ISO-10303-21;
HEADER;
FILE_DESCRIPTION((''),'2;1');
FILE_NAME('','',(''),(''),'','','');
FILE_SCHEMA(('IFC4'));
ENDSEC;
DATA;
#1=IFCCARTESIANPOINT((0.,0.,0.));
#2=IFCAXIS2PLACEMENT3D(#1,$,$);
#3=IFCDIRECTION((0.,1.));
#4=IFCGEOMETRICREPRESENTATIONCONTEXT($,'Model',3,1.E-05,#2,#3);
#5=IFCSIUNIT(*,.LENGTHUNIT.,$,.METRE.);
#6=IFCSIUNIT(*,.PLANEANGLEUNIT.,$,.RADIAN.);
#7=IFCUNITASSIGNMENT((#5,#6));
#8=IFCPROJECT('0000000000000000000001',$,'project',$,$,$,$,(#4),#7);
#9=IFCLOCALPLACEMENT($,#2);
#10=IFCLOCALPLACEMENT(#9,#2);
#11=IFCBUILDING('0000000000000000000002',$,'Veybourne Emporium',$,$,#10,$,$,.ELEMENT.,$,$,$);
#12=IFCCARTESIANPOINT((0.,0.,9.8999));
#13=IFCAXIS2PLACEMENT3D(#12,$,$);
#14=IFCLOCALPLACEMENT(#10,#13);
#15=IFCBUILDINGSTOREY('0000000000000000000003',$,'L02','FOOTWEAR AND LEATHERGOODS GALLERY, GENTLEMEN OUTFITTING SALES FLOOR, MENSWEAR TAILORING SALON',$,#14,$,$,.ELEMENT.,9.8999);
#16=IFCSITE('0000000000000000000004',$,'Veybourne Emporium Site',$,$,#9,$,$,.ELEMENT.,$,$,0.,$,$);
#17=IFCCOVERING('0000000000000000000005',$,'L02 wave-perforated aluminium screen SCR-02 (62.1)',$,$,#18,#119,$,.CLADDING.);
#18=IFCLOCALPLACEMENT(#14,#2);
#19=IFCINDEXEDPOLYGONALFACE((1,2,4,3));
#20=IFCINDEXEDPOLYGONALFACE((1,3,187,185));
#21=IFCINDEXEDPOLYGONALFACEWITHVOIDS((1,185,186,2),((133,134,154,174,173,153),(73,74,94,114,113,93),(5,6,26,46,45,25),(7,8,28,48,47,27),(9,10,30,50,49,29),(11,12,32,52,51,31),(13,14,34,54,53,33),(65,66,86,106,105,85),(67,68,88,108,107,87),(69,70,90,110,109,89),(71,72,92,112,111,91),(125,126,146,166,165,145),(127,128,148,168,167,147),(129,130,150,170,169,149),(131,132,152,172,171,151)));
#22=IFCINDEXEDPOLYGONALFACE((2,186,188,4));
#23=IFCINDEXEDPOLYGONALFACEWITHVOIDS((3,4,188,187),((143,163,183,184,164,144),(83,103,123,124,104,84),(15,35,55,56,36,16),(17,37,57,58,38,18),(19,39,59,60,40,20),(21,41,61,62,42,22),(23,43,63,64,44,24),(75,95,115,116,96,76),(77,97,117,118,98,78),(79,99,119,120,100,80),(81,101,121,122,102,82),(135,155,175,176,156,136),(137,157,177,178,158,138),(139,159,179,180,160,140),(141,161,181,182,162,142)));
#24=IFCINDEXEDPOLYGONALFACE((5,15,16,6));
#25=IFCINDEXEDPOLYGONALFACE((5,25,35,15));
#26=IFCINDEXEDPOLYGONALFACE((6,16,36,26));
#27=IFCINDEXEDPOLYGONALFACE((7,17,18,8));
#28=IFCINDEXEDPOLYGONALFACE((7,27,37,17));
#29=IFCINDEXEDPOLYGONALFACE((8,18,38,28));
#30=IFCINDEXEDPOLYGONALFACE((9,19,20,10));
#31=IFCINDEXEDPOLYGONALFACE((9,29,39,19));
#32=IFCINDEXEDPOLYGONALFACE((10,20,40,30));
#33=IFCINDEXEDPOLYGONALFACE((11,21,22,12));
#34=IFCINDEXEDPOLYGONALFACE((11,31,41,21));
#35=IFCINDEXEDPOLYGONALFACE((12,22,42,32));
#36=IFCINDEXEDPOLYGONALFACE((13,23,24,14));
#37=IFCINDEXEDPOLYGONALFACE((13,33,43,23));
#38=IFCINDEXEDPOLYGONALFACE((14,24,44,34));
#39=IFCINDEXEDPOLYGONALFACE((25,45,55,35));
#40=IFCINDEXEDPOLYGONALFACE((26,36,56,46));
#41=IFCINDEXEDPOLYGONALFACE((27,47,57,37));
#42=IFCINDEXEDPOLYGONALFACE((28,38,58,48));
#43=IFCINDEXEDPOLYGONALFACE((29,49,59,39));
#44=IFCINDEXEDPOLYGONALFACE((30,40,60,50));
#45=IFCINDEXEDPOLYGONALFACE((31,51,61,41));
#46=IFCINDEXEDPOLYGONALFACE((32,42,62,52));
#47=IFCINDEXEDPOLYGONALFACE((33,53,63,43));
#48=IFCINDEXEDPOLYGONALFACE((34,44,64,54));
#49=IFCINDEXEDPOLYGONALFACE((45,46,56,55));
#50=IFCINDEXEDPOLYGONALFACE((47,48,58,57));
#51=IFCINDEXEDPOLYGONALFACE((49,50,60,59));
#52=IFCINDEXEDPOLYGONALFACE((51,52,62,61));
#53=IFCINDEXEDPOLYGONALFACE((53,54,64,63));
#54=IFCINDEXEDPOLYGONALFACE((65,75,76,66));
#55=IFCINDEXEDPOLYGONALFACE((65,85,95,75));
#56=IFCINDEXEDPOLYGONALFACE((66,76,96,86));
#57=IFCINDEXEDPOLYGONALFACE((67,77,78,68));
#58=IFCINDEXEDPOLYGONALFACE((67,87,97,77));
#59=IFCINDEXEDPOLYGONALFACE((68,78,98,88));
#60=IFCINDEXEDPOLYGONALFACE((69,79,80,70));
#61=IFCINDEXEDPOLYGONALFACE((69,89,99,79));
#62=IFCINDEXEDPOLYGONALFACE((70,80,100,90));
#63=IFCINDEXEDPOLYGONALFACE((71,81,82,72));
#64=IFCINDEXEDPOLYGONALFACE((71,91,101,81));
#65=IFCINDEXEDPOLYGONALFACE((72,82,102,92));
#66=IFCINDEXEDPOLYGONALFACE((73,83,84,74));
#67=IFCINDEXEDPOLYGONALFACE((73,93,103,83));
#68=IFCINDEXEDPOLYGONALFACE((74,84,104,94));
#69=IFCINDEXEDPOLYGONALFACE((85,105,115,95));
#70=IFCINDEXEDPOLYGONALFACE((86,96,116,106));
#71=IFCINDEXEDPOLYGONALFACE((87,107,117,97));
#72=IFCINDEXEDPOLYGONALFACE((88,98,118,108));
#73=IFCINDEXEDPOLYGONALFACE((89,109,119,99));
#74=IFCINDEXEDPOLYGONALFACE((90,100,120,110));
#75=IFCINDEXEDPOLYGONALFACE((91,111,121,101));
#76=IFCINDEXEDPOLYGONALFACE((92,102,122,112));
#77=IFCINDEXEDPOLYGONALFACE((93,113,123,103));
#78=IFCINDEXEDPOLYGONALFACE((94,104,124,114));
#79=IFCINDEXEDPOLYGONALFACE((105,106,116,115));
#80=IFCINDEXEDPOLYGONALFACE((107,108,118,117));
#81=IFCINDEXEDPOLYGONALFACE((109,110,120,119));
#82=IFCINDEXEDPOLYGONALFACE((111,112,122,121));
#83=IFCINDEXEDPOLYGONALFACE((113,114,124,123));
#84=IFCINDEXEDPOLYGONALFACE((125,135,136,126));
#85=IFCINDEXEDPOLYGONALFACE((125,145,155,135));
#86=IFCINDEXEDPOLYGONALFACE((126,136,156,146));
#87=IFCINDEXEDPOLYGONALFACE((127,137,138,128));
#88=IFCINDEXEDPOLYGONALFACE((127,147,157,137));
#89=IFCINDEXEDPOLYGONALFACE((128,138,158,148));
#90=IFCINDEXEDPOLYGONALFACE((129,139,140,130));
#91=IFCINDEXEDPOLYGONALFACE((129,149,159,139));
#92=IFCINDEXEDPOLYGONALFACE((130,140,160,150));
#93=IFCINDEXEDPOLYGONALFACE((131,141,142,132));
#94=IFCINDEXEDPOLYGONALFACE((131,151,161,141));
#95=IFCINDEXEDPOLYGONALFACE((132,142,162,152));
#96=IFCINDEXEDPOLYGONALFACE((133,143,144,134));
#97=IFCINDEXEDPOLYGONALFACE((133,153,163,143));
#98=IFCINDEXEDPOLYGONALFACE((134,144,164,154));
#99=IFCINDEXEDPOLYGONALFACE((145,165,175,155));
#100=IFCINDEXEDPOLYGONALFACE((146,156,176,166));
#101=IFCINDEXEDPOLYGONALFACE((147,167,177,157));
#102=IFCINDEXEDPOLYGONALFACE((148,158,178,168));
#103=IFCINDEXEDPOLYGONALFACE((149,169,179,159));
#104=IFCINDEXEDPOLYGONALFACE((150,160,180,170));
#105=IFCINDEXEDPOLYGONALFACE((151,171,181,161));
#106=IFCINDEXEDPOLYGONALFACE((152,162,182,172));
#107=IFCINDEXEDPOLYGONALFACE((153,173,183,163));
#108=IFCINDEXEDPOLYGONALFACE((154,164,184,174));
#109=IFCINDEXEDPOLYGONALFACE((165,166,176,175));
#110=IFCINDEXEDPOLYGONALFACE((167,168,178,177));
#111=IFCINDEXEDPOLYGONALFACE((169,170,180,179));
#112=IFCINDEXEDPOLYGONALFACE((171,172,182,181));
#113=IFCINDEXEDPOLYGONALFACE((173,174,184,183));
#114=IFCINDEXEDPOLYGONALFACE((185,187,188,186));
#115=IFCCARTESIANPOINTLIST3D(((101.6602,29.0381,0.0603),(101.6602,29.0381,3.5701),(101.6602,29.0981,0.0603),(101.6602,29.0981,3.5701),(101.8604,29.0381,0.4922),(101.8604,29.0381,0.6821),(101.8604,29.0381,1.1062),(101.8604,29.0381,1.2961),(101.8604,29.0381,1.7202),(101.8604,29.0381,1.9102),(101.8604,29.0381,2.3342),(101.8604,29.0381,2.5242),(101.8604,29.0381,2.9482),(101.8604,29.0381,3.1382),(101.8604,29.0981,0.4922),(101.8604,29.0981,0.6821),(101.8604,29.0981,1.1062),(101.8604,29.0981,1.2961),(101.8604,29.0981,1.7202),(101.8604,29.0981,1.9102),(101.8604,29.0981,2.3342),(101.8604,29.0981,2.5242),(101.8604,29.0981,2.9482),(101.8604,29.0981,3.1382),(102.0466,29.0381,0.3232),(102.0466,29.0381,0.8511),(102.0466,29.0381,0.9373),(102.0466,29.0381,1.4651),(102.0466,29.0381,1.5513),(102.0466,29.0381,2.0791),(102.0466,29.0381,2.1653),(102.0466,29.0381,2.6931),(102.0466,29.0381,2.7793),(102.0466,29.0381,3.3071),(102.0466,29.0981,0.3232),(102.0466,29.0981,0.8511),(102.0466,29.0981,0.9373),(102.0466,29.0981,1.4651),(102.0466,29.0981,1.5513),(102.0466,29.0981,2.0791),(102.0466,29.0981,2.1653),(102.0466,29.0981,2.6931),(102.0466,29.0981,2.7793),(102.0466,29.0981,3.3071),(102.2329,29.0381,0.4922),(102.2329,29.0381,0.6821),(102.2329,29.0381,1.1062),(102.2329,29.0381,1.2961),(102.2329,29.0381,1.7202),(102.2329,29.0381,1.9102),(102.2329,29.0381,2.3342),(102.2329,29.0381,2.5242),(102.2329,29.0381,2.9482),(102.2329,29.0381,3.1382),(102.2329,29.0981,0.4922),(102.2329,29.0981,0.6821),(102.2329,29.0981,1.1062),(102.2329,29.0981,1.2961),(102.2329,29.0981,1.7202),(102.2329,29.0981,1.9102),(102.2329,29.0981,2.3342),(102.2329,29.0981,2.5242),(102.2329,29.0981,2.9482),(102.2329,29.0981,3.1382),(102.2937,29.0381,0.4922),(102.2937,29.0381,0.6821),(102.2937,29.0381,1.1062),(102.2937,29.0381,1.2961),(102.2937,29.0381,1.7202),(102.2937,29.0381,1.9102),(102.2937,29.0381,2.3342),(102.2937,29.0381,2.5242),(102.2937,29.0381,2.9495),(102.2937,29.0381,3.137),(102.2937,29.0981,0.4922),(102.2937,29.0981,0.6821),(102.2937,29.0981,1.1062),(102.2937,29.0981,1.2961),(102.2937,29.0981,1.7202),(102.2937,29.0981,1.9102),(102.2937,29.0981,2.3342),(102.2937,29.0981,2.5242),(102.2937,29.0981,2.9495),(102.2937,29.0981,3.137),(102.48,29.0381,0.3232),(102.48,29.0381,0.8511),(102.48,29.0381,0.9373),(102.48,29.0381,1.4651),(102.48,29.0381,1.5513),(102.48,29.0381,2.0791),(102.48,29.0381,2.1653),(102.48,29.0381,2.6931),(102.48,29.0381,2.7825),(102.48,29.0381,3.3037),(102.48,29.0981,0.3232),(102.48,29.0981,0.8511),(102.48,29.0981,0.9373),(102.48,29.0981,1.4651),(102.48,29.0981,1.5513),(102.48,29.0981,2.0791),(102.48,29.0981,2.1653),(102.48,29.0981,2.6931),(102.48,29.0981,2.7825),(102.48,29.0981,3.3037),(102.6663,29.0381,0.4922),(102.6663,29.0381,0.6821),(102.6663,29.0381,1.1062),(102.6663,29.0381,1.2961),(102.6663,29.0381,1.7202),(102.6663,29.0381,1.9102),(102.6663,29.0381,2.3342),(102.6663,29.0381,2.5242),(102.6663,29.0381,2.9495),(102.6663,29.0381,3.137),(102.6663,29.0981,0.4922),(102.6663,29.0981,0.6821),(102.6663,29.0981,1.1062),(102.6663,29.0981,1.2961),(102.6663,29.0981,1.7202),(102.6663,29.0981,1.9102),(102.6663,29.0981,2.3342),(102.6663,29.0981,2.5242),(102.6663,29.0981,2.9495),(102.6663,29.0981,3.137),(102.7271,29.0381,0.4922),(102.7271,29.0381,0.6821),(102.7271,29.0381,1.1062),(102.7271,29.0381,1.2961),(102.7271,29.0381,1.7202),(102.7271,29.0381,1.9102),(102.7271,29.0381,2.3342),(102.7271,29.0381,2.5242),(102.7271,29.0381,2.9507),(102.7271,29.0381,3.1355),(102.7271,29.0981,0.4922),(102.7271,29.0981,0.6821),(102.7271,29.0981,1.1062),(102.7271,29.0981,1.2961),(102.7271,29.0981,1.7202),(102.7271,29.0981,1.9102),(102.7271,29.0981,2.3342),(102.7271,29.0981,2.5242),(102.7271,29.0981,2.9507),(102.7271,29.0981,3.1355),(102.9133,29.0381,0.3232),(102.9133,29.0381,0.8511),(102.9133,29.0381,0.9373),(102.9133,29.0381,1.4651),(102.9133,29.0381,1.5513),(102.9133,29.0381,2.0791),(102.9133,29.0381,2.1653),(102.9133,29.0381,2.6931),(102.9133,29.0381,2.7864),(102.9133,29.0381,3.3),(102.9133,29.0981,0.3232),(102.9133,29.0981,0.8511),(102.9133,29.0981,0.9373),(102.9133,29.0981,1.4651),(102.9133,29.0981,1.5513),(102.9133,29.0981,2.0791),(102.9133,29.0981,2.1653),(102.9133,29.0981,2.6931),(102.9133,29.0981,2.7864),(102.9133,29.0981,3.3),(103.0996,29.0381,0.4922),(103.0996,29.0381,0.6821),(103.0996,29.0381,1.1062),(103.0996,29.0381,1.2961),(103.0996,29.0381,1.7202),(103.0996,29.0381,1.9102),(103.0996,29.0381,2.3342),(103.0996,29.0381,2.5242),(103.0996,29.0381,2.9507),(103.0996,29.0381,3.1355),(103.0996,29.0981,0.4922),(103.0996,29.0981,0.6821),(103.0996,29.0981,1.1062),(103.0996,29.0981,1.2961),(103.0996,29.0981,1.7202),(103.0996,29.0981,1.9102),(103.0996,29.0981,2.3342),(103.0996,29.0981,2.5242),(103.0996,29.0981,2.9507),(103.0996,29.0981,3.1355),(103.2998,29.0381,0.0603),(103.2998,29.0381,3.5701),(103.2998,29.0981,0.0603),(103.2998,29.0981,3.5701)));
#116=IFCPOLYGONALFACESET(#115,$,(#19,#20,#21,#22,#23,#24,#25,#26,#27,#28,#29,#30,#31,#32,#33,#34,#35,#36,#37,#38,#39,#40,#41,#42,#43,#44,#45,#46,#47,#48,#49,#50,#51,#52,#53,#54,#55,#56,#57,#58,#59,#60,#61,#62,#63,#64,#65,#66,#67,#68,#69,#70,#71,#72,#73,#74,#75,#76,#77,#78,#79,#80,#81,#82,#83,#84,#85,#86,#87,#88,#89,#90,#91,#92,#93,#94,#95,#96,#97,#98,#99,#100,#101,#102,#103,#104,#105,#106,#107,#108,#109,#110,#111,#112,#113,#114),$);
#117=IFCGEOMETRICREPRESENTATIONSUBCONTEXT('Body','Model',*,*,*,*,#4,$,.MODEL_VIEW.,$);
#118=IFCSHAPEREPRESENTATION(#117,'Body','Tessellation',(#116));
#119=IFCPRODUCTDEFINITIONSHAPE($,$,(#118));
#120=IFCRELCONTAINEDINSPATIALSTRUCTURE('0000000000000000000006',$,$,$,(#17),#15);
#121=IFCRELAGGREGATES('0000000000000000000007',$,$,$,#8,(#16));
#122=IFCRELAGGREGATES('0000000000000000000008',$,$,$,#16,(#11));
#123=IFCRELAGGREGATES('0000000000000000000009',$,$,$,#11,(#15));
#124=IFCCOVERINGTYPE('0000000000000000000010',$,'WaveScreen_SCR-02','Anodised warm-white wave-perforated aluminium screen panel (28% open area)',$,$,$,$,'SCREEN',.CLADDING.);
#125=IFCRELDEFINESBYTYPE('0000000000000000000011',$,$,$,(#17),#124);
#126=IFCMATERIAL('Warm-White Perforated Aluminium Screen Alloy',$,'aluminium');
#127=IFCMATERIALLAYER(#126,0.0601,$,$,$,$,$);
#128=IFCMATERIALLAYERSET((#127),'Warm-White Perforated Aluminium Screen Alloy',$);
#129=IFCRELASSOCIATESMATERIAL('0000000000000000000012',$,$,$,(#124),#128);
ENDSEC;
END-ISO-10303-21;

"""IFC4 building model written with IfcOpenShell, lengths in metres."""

from ifc_helpers import new_model, si_unit, direction, frame, origin, place, context, subcontext, project, spatial, polyline, outline, extrude, material, layer, layer_set, type_object, element, save


model = new_model("IFC4")

# Units and contexts
model_context = context("Model", 3, precision=1e-05, world=origin(), true_north=direction((0.0, 1.0)))
body_context = subcontext(model_context, "Body", "Model", "MODEL_VIEW")
ifc_project = project(units=[si_unit("LENGTHUNIT", "METRE"), si_unit("PLANEANGLEUNIT", "RADIAN")], contexts=[model_context])

# Site, building, storey
site_placement = place(None, origin())
site = spatial("IfcSite", under=ifc_project, at=site_placement, Name="Veybourne Emporium Site", CompositionType="ELEMENT", RefElevation=0.0)
building_placement = place(site_placement, origin())
building = spatial("IfcBuilding", under=site, at=building_placement, Name="Veybourne Emporium", CompositionType="ELEMENT")
storey_placement = place(building_placement, frame((0.0, 0.0, 9.8999)))
storey = spatial("IfcBuildingStorey", under=building, at=storey_placement, Name="L02", Description="FOOTWEAR AND LEATHERGOODS GALLERY, GENTLEMEN OUTFITTING SALES FLOOR, MENSWEAR TAILORING SALON", CompositionType="ELEMENT", Elevation=9.8999)

# Covering
ifc_material_1 = material(Name="Warm-White Perforated Aluminium Screen Alloy", Category="aluminium")
ifc_layer_1 = layer(ifc_material_1, 0.0601)
ifc_layer_set_1 = layer_set([ifc_layer_1], Name="Warm-White Perforated Aluminium Screen Alloy")
covering_type_1 = type_object("IfcCoveringType", Name="WaveScreen_SCR-02", Description="Anodised warm-white wave-perforated aluminium screen panel (28% open area)", ElementType="SCREEN", PredefinedType="CLADDING", material=ifc_layer_set_1)
covering_1_placement = place(storey_placement, frame((102.48, 29.0981, 1.8152), z_axis=(0.0, -1.0, 0.0), x_axis=(1.0, 0.0, 0.0)))
element("IfcCovering", 1, at=covering_1_placement, inside=storey, type_object=covering_type_1, Name="L02 wave-perforated aluminium screen SCR-02 (62.1)", PredefinedType="CLADDING", context=body_context, shape_type="SweptSolid", body=[
    extrude(outline(polyline([(-0.8198, -1.7549), (0.8198, -1.7549), (0.8198, 1.7549), (-0.8198, 1.7549), (-0.8198, -1.7549)]), holes=[polyline([(-0.4333, -0.9641), (-0.2471, -1.1331), (-0.2471, -1.323), (-0.4333, -1.4919), (-0.6196, -1.323), (-0.6196, -1.1331), (-0.4333, -0.9641)]), polyline([(-0.4333, -0.3501), (-0.2471, -0.519), (-0.2471, -0.709), (-0.4333, -0.8779), (-0.6196, -0.709), (-0.6196, -0.519), (-0.4333, -0.3501)]), polyline([(-0.4333, 0.2639), (-0.2471, 0.095), (-0.2471, -0.095), (-0.4333, -0.2639), (-0.6196, -0.095), (-0.6196, 0.095), (-0.4333, 0.2639)]), polyline([(-0.4333, 0.8779), (-0.2471, 0.709), (-0.2471, 0.519), (-0.4333, 0.3501), (-0.6196, 0.519), (-0.6196, 0.709), (-0.4333, 0.8779)]), polyline([(-0.4333, 1.4919), (-0.2471, 1.323), (-0.2471, 1.1331), (-0.4333, 0.9641), (-0.6196, 1.1331), (-0.6196, 1.323), (-0.4333, 1.4919)]), polyline([(0.0, -0.9641), (0.1863, -1.1331), (0.1863, -1.323), (0.0, -1.4919), (-0.1863, -1.323), (-0.1863, -1.1331), (0.0, -0.9641)]), polyline([(0.0, -0.3501), (0.1863, -0.519), (0.1863, -0.709), (0.0, -0.8779), (-0.1863, -0.709), (-0.1863, -0.519), (0.0, -0.3501)]), polyline([(0.0, 0.2639), (0.1863, 0.095), (0.1863, -0.095), (0.0, -0.2639), (-0.1863, -0.095), (-0.1863, 0.095), (0.0, 0.2639)]), polyline([(0.0, 0.8779), (0.1863, 0.709), (0.1863, 0.519), (0.0, 0.3501), (-0.1863, 0.519), (-0.1863, 0.709), (0.0, 0.8779)]), polyline([(0.0, 1.4885), (0.1863, 1.3218), (0.1863, 1.1343), (0.0, 0.9673), (-0.1863, 1.1343), (-0.1863, 1.3218), (0.0, 1.4885)]), polyline([(0.4333, -0.9641), (0.6196, -1.1331), (0.6196, -1.323), (0.4333, -1.4919), (0.2471, -1.323), (0.2471, -1.1331), (0.4333, -0.9641)]), polyline([(0.4333, -0.3501), (0.6196, -0.519), (0.6196, -0.709), (0.4333, -0.8779), (0.2471, -0.709), (0.2471, -0.519), (0.4333, -0.3501)]), polyline([(0.4333, 0.2639), (0.6196, 0.095), (0.6196, -0.095), (0.4333, -0.2639), (0.2471, -0.095), (0.2471, 0.095), (0.4333, 0.2639)]), polyline([(0.4333, 0.8779), (0.6196, 0.709), (0.6196, 0.519), (0.4333, 0.3501), (0.2471, 0.519), (0.2471, 0.709), (0.4333, 0.8779)]), polyline([(0.4333, 1.4849), (0.6196, 1.3203), (0.6196, 1.1355), (0.4333, 0.9712), (0.2471, 1.1355), (0.2471, 1.3203), (0.4333, 1.4849)])]), origin(), (0.0, 0.0, 1.0), 0.0601),
])

save(model, "model.ifc")
